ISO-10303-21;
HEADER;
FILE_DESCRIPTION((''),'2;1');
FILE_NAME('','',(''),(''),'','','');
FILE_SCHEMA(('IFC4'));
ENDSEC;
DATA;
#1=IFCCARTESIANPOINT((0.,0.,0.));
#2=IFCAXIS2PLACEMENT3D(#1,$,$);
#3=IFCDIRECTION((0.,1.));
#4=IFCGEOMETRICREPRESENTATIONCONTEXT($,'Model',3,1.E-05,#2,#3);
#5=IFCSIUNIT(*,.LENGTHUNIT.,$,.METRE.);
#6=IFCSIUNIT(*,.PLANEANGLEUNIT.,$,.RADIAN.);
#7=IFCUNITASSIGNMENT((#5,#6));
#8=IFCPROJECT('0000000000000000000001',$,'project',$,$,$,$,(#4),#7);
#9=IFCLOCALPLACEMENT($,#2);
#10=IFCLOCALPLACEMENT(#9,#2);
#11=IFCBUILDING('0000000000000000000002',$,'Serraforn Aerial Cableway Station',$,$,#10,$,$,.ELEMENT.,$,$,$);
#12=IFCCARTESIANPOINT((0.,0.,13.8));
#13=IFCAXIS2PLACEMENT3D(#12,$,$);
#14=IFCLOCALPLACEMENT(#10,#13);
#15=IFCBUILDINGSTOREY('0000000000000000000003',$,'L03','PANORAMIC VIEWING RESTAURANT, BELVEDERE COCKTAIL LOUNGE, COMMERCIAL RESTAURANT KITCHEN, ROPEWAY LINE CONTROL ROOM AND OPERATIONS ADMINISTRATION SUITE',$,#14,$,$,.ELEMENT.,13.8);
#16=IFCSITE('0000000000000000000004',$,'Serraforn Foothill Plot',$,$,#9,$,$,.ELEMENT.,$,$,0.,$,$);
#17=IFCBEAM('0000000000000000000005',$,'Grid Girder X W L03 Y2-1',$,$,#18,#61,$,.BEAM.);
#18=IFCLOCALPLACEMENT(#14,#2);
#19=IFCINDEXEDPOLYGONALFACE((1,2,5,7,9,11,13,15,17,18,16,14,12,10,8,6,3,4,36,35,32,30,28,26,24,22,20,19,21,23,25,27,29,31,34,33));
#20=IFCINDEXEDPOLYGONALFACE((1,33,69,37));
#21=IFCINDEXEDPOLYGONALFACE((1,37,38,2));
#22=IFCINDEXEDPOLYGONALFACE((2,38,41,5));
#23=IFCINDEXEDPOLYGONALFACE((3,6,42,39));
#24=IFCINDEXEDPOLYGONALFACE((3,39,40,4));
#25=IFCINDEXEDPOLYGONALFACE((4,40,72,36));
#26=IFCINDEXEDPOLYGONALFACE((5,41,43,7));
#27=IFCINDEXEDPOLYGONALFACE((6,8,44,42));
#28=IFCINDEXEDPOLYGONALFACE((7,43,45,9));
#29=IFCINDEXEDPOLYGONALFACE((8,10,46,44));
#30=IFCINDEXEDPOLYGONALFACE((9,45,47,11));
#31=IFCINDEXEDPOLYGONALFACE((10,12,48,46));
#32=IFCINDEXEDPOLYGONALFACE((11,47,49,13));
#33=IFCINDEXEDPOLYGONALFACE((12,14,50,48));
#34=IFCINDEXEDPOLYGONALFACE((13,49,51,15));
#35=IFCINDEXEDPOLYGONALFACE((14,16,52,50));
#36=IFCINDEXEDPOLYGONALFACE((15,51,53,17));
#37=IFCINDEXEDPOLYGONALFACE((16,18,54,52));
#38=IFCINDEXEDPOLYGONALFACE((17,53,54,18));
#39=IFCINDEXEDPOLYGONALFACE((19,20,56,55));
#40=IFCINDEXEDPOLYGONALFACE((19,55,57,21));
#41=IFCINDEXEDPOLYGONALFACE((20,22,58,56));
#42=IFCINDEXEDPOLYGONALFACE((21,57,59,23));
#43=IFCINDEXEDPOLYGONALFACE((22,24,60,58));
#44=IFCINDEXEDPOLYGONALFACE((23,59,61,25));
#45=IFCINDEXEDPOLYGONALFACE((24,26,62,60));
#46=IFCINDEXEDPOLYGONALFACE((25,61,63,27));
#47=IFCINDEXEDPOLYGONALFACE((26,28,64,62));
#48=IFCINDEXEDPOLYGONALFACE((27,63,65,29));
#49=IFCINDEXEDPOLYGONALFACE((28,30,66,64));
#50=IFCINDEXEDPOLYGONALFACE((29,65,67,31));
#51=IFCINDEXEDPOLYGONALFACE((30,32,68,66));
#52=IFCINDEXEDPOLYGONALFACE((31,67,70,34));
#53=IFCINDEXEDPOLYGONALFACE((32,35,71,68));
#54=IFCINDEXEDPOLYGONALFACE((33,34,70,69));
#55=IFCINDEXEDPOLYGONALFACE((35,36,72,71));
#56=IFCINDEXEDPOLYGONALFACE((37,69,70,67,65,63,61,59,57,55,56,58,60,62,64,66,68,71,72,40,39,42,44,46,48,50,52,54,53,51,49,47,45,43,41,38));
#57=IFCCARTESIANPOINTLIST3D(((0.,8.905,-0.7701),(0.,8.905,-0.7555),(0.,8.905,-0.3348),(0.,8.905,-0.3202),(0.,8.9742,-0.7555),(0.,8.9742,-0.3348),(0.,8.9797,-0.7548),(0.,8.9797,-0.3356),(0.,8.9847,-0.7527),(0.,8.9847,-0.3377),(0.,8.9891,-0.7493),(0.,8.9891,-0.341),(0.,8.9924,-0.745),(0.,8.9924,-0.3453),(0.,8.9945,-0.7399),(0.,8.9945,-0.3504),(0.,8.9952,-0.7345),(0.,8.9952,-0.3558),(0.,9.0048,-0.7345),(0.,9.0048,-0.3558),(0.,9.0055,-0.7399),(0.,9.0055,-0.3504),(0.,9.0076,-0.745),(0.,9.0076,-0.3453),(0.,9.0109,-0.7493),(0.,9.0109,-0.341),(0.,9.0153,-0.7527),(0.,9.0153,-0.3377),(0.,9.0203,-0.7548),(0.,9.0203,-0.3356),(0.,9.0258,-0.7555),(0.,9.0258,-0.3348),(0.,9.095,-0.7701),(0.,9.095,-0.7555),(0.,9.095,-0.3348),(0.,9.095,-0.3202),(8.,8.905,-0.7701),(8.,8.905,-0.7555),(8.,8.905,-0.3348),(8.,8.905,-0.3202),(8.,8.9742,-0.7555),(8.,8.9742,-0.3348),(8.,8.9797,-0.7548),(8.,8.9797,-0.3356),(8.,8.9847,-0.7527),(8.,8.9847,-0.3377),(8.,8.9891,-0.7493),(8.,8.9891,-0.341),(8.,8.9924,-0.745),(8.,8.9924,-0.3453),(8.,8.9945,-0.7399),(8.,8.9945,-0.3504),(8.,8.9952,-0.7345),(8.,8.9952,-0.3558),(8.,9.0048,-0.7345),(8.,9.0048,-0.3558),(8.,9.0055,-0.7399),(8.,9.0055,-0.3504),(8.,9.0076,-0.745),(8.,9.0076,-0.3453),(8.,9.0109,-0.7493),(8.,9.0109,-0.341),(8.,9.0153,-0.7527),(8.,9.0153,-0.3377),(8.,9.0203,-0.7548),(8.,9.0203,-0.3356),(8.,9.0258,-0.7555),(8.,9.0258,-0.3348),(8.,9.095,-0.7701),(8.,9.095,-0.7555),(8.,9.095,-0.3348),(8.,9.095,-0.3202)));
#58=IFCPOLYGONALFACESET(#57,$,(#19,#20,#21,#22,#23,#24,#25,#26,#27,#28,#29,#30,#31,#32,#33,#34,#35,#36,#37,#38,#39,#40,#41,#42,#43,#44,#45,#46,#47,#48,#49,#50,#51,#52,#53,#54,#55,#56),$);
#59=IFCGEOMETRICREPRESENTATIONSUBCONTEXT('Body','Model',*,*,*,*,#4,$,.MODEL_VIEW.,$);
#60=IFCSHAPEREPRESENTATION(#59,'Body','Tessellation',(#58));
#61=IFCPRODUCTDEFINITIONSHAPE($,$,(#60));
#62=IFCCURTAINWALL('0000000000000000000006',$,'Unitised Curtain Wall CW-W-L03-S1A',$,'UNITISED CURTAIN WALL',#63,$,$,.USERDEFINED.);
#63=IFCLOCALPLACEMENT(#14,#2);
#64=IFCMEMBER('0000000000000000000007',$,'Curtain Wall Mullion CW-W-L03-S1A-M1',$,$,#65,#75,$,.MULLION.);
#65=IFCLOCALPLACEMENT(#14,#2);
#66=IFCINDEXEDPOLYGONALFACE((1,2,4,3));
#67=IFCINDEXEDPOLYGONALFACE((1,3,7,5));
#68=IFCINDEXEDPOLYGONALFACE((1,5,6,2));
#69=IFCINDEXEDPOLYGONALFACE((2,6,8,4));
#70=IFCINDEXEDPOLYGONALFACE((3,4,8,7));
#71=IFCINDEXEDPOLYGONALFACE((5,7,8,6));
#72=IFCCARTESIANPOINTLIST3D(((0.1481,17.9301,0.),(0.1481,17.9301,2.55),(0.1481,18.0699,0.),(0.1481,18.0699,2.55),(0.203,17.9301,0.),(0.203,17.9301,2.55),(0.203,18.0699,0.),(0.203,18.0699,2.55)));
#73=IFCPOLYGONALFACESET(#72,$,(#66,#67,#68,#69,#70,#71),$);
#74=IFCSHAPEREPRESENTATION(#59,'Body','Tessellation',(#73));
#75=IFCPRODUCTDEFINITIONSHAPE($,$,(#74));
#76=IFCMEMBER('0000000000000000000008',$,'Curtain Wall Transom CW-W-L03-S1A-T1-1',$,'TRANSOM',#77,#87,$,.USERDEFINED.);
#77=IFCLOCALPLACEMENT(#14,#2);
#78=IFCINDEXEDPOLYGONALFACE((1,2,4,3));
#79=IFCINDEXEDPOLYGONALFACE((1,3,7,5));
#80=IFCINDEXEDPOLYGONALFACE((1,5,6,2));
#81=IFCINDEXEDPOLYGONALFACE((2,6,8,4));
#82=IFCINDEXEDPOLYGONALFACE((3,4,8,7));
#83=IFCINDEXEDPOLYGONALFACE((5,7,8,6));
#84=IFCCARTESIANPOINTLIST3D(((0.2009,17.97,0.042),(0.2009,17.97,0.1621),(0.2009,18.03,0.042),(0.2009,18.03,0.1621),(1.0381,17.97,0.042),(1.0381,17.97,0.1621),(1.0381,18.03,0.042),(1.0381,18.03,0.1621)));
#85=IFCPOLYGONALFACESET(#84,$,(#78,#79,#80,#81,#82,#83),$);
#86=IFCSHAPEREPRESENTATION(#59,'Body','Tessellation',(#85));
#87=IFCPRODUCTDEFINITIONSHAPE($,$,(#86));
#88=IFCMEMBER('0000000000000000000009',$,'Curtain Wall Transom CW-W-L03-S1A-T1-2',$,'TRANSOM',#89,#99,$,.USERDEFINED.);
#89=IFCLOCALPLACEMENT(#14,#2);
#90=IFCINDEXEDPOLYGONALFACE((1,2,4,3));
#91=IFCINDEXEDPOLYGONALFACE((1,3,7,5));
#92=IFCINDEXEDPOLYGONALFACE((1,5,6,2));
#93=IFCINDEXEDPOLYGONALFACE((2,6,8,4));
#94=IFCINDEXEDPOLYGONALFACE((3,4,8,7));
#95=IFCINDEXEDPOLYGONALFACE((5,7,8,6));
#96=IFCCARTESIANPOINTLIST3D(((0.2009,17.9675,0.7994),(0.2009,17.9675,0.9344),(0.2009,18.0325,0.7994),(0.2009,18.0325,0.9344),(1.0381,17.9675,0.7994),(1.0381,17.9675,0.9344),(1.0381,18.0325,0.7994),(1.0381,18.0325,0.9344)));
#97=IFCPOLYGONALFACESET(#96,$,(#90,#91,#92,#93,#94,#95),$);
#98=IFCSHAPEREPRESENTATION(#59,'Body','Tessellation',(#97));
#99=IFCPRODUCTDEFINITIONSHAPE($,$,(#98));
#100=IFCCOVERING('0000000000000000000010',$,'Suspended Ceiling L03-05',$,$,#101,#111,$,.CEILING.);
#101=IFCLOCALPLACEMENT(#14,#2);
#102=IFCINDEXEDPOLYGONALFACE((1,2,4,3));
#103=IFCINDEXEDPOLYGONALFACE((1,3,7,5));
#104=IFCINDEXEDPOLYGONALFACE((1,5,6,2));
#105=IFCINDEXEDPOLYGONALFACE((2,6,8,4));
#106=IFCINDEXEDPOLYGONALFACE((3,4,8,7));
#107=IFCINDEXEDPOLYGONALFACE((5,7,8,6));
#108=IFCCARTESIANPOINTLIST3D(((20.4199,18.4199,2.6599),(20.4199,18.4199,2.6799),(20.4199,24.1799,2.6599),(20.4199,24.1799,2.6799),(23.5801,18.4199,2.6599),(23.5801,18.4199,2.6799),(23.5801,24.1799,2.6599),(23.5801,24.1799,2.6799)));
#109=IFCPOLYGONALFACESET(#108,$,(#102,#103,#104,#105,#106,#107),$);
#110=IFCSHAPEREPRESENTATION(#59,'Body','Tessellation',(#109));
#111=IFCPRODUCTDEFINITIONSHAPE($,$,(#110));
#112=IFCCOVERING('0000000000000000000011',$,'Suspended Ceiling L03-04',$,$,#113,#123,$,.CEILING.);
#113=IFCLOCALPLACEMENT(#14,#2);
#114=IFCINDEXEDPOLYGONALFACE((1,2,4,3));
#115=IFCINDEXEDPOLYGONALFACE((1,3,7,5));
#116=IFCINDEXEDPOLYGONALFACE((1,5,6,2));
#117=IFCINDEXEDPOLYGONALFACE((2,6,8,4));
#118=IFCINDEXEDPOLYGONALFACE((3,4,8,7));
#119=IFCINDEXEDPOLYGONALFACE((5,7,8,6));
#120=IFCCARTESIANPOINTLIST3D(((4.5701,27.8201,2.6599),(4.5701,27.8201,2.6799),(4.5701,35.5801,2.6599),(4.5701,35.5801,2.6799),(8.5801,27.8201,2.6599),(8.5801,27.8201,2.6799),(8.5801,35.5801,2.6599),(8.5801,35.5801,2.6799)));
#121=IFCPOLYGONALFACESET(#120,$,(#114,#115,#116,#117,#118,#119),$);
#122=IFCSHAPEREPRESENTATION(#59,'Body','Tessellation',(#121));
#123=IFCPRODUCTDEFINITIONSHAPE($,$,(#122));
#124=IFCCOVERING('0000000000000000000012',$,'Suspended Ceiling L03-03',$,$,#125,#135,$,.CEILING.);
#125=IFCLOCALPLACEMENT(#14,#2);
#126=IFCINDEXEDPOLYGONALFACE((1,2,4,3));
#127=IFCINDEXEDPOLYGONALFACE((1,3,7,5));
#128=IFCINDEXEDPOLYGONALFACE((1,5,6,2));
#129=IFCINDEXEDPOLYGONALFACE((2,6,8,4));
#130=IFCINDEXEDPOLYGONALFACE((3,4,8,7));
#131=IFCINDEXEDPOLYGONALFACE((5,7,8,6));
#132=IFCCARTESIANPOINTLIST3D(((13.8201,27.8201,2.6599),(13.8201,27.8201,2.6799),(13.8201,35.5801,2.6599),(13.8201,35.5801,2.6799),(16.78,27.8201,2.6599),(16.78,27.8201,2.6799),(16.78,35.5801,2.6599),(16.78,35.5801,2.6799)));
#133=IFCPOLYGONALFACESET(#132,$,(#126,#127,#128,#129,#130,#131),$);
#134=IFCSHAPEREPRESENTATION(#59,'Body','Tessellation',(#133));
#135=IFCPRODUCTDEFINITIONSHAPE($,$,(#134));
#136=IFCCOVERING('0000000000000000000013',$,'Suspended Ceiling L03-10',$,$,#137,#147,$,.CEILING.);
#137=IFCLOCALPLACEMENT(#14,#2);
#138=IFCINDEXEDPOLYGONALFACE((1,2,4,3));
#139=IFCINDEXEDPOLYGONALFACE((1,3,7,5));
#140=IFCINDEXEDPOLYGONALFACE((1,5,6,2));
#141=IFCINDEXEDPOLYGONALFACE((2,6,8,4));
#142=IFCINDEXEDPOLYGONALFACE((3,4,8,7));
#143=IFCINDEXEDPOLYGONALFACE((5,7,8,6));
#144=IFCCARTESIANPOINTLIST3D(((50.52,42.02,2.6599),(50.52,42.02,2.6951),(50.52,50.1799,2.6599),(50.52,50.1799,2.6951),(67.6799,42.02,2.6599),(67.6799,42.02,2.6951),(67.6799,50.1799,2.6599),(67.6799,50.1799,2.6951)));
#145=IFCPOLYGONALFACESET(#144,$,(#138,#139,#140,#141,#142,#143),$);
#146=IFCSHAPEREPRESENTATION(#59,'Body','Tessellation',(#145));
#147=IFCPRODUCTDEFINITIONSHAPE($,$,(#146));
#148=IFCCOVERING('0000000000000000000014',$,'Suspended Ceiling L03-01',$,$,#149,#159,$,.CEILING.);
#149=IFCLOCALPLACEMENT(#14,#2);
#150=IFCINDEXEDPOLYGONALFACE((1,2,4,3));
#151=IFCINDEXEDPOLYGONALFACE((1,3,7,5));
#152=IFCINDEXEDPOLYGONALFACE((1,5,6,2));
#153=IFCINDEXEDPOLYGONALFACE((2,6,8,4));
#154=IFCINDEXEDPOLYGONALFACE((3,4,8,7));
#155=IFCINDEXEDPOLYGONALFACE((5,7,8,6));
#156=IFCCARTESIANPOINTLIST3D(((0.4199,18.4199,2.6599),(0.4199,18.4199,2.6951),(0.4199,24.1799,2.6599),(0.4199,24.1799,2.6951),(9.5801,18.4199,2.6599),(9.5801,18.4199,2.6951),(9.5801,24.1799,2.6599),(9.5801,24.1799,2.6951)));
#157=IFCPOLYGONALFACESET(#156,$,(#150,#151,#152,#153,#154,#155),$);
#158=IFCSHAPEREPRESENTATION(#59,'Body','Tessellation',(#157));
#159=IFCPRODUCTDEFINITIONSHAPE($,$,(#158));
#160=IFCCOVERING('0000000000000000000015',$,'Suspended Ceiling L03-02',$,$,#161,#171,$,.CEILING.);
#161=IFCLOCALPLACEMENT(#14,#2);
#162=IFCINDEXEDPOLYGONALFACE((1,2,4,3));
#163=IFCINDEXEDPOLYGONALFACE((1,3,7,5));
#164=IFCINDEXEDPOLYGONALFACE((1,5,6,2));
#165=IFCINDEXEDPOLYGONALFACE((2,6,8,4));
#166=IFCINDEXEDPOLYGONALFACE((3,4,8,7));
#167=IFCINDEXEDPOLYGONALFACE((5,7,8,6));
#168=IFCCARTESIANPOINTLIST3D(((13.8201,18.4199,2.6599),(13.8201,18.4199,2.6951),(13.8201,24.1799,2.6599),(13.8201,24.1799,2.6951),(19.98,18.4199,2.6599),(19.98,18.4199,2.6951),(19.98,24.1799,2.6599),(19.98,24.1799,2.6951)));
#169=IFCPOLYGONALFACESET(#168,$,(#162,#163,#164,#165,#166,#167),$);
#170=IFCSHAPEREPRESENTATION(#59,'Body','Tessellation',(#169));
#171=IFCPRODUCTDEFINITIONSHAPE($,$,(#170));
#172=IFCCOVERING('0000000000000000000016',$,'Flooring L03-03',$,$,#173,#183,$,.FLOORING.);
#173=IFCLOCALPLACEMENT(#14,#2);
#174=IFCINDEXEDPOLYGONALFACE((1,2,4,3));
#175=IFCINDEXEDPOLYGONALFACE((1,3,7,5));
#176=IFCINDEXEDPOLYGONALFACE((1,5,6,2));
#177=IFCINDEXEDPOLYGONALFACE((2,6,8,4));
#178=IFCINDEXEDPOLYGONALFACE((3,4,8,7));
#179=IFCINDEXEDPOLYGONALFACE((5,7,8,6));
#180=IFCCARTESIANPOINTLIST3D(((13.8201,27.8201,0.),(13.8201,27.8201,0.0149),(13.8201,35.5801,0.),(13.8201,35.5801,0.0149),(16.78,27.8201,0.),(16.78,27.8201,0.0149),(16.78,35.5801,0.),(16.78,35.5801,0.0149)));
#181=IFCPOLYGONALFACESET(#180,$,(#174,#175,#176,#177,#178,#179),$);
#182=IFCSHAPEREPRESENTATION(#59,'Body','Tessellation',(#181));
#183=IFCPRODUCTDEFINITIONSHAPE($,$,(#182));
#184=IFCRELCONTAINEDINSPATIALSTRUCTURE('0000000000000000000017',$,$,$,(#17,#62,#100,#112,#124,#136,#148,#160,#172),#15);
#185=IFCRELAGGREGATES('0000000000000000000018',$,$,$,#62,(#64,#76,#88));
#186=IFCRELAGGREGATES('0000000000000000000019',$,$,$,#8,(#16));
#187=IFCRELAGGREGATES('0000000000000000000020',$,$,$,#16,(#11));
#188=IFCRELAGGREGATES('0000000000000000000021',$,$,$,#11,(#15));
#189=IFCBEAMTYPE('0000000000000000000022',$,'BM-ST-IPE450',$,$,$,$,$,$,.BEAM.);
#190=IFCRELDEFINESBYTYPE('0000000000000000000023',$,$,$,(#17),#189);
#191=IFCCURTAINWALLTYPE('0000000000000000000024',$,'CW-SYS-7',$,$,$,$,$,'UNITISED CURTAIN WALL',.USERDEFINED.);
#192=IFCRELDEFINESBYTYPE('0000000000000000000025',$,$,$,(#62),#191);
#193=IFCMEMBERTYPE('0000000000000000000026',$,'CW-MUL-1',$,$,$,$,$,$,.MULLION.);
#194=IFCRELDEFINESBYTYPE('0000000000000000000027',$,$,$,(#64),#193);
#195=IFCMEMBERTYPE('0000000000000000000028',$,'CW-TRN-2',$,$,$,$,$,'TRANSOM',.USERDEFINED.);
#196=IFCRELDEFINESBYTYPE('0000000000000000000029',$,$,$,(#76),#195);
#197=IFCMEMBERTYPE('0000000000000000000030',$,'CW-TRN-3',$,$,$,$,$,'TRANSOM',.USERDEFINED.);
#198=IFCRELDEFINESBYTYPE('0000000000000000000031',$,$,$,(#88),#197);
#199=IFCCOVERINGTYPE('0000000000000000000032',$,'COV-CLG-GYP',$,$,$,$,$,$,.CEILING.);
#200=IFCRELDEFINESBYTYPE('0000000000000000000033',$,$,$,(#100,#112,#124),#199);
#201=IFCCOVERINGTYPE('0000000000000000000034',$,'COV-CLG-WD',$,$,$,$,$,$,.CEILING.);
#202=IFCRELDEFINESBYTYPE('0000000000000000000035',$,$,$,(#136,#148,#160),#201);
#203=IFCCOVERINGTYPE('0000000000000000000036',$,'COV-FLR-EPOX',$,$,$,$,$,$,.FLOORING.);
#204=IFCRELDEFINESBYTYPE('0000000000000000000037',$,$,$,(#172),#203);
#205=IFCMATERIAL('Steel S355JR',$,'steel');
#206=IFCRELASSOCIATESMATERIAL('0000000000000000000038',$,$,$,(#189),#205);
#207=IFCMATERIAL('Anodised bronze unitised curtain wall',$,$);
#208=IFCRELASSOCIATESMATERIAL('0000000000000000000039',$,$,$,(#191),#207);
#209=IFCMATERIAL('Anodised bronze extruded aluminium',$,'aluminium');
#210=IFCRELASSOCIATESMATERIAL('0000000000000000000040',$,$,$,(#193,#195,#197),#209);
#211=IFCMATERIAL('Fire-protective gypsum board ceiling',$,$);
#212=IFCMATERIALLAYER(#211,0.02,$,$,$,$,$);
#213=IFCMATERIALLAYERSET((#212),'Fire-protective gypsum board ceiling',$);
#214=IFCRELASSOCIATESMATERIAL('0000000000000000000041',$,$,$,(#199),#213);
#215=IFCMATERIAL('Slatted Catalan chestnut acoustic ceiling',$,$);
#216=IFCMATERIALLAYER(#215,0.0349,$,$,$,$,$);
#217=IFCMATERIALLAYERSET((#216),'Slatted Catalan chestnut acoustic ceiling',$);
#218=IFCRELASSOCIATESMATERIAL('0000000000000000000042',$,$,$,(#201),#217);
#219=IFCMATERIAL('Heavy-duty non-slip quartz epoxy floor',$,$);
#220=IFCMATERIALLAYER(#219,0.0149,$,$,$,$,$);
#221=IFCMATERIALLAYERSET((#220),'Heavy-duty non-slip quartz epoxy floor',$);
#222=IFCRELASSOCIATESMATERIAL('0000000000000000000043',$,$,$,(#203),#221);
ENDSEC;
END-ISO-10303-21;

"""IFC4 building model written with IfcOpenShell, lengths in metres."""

from ifc_helpers import new_model, si_unit, direction, frame, origin, origin_2d, place, context, subcontext, project, spatial, polyline, rectangle, i_section, outline, extrude, material, layer, layer_set, material_profile, profile_set, type_object, element, aggregate, save


model = new_model("IFC4")

# Units and contexts
model_context = context("Model", 3, precision=1e-05, world=origin(), true_north=direction((0.0, 1.0)))
body_context = subcontext(model_context, "Body", "Model", "MODEL_VIEW")
ifc_project = project(units=[si_unit("LENGTHUNIT", "METRE"), si_unit("PLANEANGLEUNIT", "RADIAN")], contexts=[model_context])

# Site, building, storey
site_placement = place(None, origin())
site = spatial("IfcSite", under=ifc_project, at=site_placement, Name="Serraforn Foothill Plot", CompositionType="ELEMENT", RefElevation=0.0)
building_placement = place(site_placement, origin())
building = spatial("IfcBuilding", under=site, at=building_placement, Name="Serraforn Aerial Cableway Station", CompositionType="ELEMENT")
storey_placement = place(building_placement, frame((0.0, 0.0, 13.8)))
storey = spatial("IfcBuildingStorey", under=building, at=storey_placement, Name="L03", Description="PANORAMIC VIEWING RESTAURANT, BELVEDERE COCKTAIL LOUNGE, COMMERCIAL RESTAURANT KITCHEN, ROPEWAY LINE CONTROL ROOM AND OPERATIONS ADMINISTRATION SUITE", CompositionType="ELEMENT", Elevation=13.8)

# Shared definitions
ifc_material_1 = material(Name="Steel S355JR", Category="steel")

# Beam
ifc_material_profile_1 = material_profile(ifc_material_1, i_section(OverallWidth=0.1899, OverallDepth=0.45, WebThickness=0.0095, FlangeThickness=0.0146, FilletRadius=0.021, at=origin_2d()), Name="IPE 450")
ifc_profile_set_1 = profile_set([ifc_material_profile_1], Name="Steel S355JR")
beam_type_1 = type_object("IfcBeamType", Name="BM-ST-IPE450", PredefinedType="BEAM", material=ifc_profile_set_1)
beam_1_placement = place(storey_placement, frame((0.0, 9.0, -0.5452), z_axis=(1.0, 0.0, 0.0), x_axis=(0.0, 1.0, 0.0)))
element("IfcBeam", 1, at=beam_1_placement, inside=storey, type_object=beam_type_1, Name="Grid Girder X W L03 Y2-1", PredefinedType="BEAM", context=body_context, shape_type="SweptSolid", body=[
    extrude(i_section(OverallWidth=0.1899, OverallDepth=0.45, WebThickness=0.0095, FlangeThickness=0.0146, FilletRadius=0.021, at=origin_2d()), origin(), (0.0, 0.0, 1.0), 8.0),
])

# Curtain wall, members
ifc_material_2 = material(Name="Anodised bronze unitised curtain wall")
curtain_wall_type = type_object("IfcCurtainWallType", Name="CW-SYS-7", ElementType="UNITISED CURTAIN WALL", PredefinedType="USERDEFINED", material=ifc_material_2)
curtain_wall_placement = place(storey_placement, origin())
curtain_wall = element("IfcCurtainWall", 2, at=curtain_wall_placement, inside=storey, type_object=curtain_wall_type, Name="Unitised Curtain Wall CW-W-L03-S1A", ObjectType="UNITISED CURTAIN WALL", PredefinedType="USERDEFINED")
ifc_material_3 = material(Name="Anodised bronze extruded aluminium", Category="aluminium")
ifc_material_profile_2 = material_profile(ifc_material_3, rectangle(XDim=0.0549, YDim=0.1399, at=origin_2d()), Name="CW MULLION 55x140")
ifc_profile_set_2 = profile_set([ifc_material_profile_2], Name="Anodised bronze extruded aluminium")
member_type_1 = type_object("IfcMemberType", Name="CW-MUL-1", PredefinedType="MULLION", material=ifc_profile_set_2)
member_1_placement = place(storey_placement, frame((0.1755, 18.0, 0.0), z_axis=(0.0, 0.0, 1.0), x_axis=(1.0, 0.0, 0.0)))
member_1 = element("IfcMember", 3, at=member_1_placement, type_object=member_type_1, Name="Curtain Wall Mullion CW-W-L03-S1A-M1", PredefinedType="MULLION", context=body_context, shape_type="SweptSolid", body=[
    extrude(rectangle(XDim=0.0549, YDim=0.1399, at=origin_2d()), origin(), (0.0, 0.0, 1.0), 2.55),
])
ifc_material_profile_3 = material_profile(ifc_material_3, rectangle(XDim=0.0601, YDim=0.1201, at=origin_2d()), Name="CW TRANSOM 60x120")
ifc_profile_set_3 = profile_set([ifc_material_profile_3], Name="Anodised bronze extruded aluminium")
member_type_2 = type_object("IfcMemberType", Name="CW-TRN-2", ElementType="TRANSOM", PredefinedType="USERDEFINED", material=ifc_profile_set_3)
member_2_placement = place(storey_placement, frame((0.2009, 18.0, 0.1021), z_axis=(1.0, 0.0, 0.0), x_axis=(0.0, 1.0, 0.0)))
member_2 = element("IfcMember", 4, at=member_2_placement, type_object=member_type_2, Name="Curtain Wall Transom CW-W-L03-S1A-T1-1", ObjectType="TRANSOM", PredefinedType="USERDEFINED", context=body_context, shape_type="SweptSolid", body=[
    extrude(rectangle(XDim=0.0601, YDim=0.1201, at=origin_2d()), origin(), (0.0, 0.0, 1.0), 0.8372),
])
ifc_material_profile_4 = material_profile(ifc_material_3, rectangle(XDim=0.0649, YDim=0.135, at=origin_2d()), Name="CW TRANSOM 65x135")
ifc_profile_set_4 = profile_set([ifc_material_profile_4], Name="Anodised bronze extruded aluminium")
member_type_3 = type_object("IfcMemberType", Name="CW-TRN-3", ElementType="TRANSOM", PredefinedType="USERDEFINED", material=ifc_profile_set_4)
member_3_placement = place(storey_placement, frame((0.2009, 18.0, 0.8669), z_axis=(1.0, 0.0, 0.0), x_axis=(0.0, 1.0, 0.0)))
member_3 = element("IfcMember", 5, at=member_3_placement, type_object=member_type_3, Name="Curtain Wall Transom CW-W-L03-S1A-T1-2", ObjectType="TRANSOM", PredefinedType="USERDEFINED", context=body_context, shape_type="SweptSolid", body=[
    extrude(rectangle(XDim=0.0649, YDim=0.135, at=origin_2d()), origin(), (0.0, 0.0, 1.0), 0.8372),
])
aggregate(curtain_wall, [member_1, member_2, member_3])

# Coverings
ifc_material_4 = material(Name="Fire-protective gypsum board ceiling")
ifc_layer_1 = layer(ifc_material_4, 0.02)
ifc_layer_set_1 = layer_set([ifc_layer_1], Name="Fire-protective gypsum board ceiling")
covering_type_1 = type_object("IfcCoveringType", Name="COV-CLG-GYP", PredefinedType="CEILING", material=ifc_layer_set_1)
covering_1_placement = place(storey_placement, frame((0.0, 0.0, 2.6599)))
element("IfcCovering", 6, at=covering_1_placement, inside=storey, type_object=covering_type_1, Name="Suspended Ceiling L03-05", PredefinedType="CEILING", context=body_context, shape_type="SweptSolid", body=[
    extrude(outline(polyline([(20.4199, 18.4199), (20.4199, 24.1799), (23.5801, 24.1799), (23.5801, 18.4199), (20.4199, 18.4199)])), origin(), (0.0, 0.0, 1.0), 0.02),
])
covering_2_placement = place(storey_placement, frame((0.0, 0.0, 2.6599)))
element("IfcCovering", 7, at=covering_2_placement, inside=storey, type_object=covering_type_1, Name="Suspended Ceiling L03-04", PredefinedType="CEILING", context=body_context, shape_type="SweptSolid", body=[
    extrude(outline(polyline([(4.5701, 27.8201), (4.5701, 35.5801), (8.5801, 35.5801), (8.5801, 27.8201), (4.5701, 27.8201)])), origin(), (0.0, 0.0, 1.0), 0.02),
])
covering_3_placement = place(storey_placement, frame((0.0, 0.0, 2.6599)))
element("IfcCovering", 8, at=covering_3_placement, inside=storey, type_object=covering_type_1, Name="Suspended Ceiling L03-03", PredefinedType="CEILING", context=body_context, shape_type="SweptSolid", body=[
    extrude(outline(polyline([(16.78, 27.8201), (13.8201, 27.8201), (13.8201, 35.5801), (16.78, 35.5801), (16.78, 27.8201)])), origin(), (0.0, 0.0, 1.0), 0.02),
])
ifc_material_5 = material(Name="Slatted Catalan chestnut acoustic ceiling")
ifc_layer_2 = layer(ifc_material_5, 0.0349)
ifc_layer_set_2 = layer_set([ifc_layer_2], Name="Slatted Catalan chestnut acoustic ceiling")
covering_type_2 = type_object("IfcCoveringType", Name="COV-CLG-WD", PredefinedType="CEILING", material=ifc_layer_set_2)
covering_4_placement = place(storey_placement, frame((0.0, 0.0, 2.6599)))
element("IfcCovering", 9, at=covering_4_placement, inside=storey, type_object=covering_type_2, Name="Suspended Ceiling L03-10", PredefinedType="CEILING", context=body_context, shape_type="SweptSolid", body=[
    extrude(outline(polyline([(50.52, 42.02), (50.52, 50.1799), (67.6799, 50.1799), (67.6799, 42.02), (50.52, 42.02)])), origin(), (0.0, 0.0, 1.0), 0.0352),
])
covering_5_placement = place(storey_placement, frame((0.0, 0.0, 2.6599)))
element("IfcCovering", 10, at=covering_5_placement, inside=storey, type_object=covering_type_2, Name="Suspended Ceiling L03-01", PredefinedType="CEILING", context=body_context, shape_type="SweptSolid", body=[
    extrude(outline(polyline([(0.4199, 18.4199), (0.4199, 24.1799), (9.5801, 24.1799), (9.5801, 18.4199), (0.4199, 18.4199)])), origin(), (0.0, 0.0, 1.0), 0.0352),
])
covering_6_placement = place(storey_placement, frame((0.0, 0.0, 2.6599)))
element("IfcCovering", 11, at=covering_6_placement, inside=storey, type_object=covering_type_2, Name="Suspended Ceiling L03-02", PredefinedType="CEILING", context=body_context, shape_type="SweptSolid", body=[
    extrude(outline(polyline([(13.8201, 18.4199), (13.8201, 24.1799), (19.98, 24.1799), (19.98, 18.4199), (13.8201, 18.4199)])), origin(), (0.0, 0.0, 1.0), 0.0352),
])
ifc_material_6 = material(Name="Heavy-duty non-slip quartz epoxy floor")
ifc_layer_3 = layer(ifc_material_6, 0.0149)
ifc_layer_set_3 = layer_set([ifc_layer_3], Name="Heavy-duty non-slip quartz epoxy floor")
covering_type_3 = type_object("IfcCoveringType", Name="COV-FLR-EPOX", PredefinedType="FLOORING", material=ifc_layer_set_3)
covering_7_placement = place(storey_placement, origin())
element("IfcCovering", 12, at=covering_7_placement, inside=storey, type_object=covering_type_3, Name="Flooring L03-03", PredefinedType="FLOORING", context=body_context, shape_type="SweptSolid", body=[
    extrude(outline(polyline([(16.78, 27.8201), (13.8201, 27.8201), (13.8201, 35.5801), (16.78, 35.5801), (16.78, 27.8201)])), origin(), (0.0, 0.0, 1.0), 0.0149),
])

save(model, "model.ifc")
